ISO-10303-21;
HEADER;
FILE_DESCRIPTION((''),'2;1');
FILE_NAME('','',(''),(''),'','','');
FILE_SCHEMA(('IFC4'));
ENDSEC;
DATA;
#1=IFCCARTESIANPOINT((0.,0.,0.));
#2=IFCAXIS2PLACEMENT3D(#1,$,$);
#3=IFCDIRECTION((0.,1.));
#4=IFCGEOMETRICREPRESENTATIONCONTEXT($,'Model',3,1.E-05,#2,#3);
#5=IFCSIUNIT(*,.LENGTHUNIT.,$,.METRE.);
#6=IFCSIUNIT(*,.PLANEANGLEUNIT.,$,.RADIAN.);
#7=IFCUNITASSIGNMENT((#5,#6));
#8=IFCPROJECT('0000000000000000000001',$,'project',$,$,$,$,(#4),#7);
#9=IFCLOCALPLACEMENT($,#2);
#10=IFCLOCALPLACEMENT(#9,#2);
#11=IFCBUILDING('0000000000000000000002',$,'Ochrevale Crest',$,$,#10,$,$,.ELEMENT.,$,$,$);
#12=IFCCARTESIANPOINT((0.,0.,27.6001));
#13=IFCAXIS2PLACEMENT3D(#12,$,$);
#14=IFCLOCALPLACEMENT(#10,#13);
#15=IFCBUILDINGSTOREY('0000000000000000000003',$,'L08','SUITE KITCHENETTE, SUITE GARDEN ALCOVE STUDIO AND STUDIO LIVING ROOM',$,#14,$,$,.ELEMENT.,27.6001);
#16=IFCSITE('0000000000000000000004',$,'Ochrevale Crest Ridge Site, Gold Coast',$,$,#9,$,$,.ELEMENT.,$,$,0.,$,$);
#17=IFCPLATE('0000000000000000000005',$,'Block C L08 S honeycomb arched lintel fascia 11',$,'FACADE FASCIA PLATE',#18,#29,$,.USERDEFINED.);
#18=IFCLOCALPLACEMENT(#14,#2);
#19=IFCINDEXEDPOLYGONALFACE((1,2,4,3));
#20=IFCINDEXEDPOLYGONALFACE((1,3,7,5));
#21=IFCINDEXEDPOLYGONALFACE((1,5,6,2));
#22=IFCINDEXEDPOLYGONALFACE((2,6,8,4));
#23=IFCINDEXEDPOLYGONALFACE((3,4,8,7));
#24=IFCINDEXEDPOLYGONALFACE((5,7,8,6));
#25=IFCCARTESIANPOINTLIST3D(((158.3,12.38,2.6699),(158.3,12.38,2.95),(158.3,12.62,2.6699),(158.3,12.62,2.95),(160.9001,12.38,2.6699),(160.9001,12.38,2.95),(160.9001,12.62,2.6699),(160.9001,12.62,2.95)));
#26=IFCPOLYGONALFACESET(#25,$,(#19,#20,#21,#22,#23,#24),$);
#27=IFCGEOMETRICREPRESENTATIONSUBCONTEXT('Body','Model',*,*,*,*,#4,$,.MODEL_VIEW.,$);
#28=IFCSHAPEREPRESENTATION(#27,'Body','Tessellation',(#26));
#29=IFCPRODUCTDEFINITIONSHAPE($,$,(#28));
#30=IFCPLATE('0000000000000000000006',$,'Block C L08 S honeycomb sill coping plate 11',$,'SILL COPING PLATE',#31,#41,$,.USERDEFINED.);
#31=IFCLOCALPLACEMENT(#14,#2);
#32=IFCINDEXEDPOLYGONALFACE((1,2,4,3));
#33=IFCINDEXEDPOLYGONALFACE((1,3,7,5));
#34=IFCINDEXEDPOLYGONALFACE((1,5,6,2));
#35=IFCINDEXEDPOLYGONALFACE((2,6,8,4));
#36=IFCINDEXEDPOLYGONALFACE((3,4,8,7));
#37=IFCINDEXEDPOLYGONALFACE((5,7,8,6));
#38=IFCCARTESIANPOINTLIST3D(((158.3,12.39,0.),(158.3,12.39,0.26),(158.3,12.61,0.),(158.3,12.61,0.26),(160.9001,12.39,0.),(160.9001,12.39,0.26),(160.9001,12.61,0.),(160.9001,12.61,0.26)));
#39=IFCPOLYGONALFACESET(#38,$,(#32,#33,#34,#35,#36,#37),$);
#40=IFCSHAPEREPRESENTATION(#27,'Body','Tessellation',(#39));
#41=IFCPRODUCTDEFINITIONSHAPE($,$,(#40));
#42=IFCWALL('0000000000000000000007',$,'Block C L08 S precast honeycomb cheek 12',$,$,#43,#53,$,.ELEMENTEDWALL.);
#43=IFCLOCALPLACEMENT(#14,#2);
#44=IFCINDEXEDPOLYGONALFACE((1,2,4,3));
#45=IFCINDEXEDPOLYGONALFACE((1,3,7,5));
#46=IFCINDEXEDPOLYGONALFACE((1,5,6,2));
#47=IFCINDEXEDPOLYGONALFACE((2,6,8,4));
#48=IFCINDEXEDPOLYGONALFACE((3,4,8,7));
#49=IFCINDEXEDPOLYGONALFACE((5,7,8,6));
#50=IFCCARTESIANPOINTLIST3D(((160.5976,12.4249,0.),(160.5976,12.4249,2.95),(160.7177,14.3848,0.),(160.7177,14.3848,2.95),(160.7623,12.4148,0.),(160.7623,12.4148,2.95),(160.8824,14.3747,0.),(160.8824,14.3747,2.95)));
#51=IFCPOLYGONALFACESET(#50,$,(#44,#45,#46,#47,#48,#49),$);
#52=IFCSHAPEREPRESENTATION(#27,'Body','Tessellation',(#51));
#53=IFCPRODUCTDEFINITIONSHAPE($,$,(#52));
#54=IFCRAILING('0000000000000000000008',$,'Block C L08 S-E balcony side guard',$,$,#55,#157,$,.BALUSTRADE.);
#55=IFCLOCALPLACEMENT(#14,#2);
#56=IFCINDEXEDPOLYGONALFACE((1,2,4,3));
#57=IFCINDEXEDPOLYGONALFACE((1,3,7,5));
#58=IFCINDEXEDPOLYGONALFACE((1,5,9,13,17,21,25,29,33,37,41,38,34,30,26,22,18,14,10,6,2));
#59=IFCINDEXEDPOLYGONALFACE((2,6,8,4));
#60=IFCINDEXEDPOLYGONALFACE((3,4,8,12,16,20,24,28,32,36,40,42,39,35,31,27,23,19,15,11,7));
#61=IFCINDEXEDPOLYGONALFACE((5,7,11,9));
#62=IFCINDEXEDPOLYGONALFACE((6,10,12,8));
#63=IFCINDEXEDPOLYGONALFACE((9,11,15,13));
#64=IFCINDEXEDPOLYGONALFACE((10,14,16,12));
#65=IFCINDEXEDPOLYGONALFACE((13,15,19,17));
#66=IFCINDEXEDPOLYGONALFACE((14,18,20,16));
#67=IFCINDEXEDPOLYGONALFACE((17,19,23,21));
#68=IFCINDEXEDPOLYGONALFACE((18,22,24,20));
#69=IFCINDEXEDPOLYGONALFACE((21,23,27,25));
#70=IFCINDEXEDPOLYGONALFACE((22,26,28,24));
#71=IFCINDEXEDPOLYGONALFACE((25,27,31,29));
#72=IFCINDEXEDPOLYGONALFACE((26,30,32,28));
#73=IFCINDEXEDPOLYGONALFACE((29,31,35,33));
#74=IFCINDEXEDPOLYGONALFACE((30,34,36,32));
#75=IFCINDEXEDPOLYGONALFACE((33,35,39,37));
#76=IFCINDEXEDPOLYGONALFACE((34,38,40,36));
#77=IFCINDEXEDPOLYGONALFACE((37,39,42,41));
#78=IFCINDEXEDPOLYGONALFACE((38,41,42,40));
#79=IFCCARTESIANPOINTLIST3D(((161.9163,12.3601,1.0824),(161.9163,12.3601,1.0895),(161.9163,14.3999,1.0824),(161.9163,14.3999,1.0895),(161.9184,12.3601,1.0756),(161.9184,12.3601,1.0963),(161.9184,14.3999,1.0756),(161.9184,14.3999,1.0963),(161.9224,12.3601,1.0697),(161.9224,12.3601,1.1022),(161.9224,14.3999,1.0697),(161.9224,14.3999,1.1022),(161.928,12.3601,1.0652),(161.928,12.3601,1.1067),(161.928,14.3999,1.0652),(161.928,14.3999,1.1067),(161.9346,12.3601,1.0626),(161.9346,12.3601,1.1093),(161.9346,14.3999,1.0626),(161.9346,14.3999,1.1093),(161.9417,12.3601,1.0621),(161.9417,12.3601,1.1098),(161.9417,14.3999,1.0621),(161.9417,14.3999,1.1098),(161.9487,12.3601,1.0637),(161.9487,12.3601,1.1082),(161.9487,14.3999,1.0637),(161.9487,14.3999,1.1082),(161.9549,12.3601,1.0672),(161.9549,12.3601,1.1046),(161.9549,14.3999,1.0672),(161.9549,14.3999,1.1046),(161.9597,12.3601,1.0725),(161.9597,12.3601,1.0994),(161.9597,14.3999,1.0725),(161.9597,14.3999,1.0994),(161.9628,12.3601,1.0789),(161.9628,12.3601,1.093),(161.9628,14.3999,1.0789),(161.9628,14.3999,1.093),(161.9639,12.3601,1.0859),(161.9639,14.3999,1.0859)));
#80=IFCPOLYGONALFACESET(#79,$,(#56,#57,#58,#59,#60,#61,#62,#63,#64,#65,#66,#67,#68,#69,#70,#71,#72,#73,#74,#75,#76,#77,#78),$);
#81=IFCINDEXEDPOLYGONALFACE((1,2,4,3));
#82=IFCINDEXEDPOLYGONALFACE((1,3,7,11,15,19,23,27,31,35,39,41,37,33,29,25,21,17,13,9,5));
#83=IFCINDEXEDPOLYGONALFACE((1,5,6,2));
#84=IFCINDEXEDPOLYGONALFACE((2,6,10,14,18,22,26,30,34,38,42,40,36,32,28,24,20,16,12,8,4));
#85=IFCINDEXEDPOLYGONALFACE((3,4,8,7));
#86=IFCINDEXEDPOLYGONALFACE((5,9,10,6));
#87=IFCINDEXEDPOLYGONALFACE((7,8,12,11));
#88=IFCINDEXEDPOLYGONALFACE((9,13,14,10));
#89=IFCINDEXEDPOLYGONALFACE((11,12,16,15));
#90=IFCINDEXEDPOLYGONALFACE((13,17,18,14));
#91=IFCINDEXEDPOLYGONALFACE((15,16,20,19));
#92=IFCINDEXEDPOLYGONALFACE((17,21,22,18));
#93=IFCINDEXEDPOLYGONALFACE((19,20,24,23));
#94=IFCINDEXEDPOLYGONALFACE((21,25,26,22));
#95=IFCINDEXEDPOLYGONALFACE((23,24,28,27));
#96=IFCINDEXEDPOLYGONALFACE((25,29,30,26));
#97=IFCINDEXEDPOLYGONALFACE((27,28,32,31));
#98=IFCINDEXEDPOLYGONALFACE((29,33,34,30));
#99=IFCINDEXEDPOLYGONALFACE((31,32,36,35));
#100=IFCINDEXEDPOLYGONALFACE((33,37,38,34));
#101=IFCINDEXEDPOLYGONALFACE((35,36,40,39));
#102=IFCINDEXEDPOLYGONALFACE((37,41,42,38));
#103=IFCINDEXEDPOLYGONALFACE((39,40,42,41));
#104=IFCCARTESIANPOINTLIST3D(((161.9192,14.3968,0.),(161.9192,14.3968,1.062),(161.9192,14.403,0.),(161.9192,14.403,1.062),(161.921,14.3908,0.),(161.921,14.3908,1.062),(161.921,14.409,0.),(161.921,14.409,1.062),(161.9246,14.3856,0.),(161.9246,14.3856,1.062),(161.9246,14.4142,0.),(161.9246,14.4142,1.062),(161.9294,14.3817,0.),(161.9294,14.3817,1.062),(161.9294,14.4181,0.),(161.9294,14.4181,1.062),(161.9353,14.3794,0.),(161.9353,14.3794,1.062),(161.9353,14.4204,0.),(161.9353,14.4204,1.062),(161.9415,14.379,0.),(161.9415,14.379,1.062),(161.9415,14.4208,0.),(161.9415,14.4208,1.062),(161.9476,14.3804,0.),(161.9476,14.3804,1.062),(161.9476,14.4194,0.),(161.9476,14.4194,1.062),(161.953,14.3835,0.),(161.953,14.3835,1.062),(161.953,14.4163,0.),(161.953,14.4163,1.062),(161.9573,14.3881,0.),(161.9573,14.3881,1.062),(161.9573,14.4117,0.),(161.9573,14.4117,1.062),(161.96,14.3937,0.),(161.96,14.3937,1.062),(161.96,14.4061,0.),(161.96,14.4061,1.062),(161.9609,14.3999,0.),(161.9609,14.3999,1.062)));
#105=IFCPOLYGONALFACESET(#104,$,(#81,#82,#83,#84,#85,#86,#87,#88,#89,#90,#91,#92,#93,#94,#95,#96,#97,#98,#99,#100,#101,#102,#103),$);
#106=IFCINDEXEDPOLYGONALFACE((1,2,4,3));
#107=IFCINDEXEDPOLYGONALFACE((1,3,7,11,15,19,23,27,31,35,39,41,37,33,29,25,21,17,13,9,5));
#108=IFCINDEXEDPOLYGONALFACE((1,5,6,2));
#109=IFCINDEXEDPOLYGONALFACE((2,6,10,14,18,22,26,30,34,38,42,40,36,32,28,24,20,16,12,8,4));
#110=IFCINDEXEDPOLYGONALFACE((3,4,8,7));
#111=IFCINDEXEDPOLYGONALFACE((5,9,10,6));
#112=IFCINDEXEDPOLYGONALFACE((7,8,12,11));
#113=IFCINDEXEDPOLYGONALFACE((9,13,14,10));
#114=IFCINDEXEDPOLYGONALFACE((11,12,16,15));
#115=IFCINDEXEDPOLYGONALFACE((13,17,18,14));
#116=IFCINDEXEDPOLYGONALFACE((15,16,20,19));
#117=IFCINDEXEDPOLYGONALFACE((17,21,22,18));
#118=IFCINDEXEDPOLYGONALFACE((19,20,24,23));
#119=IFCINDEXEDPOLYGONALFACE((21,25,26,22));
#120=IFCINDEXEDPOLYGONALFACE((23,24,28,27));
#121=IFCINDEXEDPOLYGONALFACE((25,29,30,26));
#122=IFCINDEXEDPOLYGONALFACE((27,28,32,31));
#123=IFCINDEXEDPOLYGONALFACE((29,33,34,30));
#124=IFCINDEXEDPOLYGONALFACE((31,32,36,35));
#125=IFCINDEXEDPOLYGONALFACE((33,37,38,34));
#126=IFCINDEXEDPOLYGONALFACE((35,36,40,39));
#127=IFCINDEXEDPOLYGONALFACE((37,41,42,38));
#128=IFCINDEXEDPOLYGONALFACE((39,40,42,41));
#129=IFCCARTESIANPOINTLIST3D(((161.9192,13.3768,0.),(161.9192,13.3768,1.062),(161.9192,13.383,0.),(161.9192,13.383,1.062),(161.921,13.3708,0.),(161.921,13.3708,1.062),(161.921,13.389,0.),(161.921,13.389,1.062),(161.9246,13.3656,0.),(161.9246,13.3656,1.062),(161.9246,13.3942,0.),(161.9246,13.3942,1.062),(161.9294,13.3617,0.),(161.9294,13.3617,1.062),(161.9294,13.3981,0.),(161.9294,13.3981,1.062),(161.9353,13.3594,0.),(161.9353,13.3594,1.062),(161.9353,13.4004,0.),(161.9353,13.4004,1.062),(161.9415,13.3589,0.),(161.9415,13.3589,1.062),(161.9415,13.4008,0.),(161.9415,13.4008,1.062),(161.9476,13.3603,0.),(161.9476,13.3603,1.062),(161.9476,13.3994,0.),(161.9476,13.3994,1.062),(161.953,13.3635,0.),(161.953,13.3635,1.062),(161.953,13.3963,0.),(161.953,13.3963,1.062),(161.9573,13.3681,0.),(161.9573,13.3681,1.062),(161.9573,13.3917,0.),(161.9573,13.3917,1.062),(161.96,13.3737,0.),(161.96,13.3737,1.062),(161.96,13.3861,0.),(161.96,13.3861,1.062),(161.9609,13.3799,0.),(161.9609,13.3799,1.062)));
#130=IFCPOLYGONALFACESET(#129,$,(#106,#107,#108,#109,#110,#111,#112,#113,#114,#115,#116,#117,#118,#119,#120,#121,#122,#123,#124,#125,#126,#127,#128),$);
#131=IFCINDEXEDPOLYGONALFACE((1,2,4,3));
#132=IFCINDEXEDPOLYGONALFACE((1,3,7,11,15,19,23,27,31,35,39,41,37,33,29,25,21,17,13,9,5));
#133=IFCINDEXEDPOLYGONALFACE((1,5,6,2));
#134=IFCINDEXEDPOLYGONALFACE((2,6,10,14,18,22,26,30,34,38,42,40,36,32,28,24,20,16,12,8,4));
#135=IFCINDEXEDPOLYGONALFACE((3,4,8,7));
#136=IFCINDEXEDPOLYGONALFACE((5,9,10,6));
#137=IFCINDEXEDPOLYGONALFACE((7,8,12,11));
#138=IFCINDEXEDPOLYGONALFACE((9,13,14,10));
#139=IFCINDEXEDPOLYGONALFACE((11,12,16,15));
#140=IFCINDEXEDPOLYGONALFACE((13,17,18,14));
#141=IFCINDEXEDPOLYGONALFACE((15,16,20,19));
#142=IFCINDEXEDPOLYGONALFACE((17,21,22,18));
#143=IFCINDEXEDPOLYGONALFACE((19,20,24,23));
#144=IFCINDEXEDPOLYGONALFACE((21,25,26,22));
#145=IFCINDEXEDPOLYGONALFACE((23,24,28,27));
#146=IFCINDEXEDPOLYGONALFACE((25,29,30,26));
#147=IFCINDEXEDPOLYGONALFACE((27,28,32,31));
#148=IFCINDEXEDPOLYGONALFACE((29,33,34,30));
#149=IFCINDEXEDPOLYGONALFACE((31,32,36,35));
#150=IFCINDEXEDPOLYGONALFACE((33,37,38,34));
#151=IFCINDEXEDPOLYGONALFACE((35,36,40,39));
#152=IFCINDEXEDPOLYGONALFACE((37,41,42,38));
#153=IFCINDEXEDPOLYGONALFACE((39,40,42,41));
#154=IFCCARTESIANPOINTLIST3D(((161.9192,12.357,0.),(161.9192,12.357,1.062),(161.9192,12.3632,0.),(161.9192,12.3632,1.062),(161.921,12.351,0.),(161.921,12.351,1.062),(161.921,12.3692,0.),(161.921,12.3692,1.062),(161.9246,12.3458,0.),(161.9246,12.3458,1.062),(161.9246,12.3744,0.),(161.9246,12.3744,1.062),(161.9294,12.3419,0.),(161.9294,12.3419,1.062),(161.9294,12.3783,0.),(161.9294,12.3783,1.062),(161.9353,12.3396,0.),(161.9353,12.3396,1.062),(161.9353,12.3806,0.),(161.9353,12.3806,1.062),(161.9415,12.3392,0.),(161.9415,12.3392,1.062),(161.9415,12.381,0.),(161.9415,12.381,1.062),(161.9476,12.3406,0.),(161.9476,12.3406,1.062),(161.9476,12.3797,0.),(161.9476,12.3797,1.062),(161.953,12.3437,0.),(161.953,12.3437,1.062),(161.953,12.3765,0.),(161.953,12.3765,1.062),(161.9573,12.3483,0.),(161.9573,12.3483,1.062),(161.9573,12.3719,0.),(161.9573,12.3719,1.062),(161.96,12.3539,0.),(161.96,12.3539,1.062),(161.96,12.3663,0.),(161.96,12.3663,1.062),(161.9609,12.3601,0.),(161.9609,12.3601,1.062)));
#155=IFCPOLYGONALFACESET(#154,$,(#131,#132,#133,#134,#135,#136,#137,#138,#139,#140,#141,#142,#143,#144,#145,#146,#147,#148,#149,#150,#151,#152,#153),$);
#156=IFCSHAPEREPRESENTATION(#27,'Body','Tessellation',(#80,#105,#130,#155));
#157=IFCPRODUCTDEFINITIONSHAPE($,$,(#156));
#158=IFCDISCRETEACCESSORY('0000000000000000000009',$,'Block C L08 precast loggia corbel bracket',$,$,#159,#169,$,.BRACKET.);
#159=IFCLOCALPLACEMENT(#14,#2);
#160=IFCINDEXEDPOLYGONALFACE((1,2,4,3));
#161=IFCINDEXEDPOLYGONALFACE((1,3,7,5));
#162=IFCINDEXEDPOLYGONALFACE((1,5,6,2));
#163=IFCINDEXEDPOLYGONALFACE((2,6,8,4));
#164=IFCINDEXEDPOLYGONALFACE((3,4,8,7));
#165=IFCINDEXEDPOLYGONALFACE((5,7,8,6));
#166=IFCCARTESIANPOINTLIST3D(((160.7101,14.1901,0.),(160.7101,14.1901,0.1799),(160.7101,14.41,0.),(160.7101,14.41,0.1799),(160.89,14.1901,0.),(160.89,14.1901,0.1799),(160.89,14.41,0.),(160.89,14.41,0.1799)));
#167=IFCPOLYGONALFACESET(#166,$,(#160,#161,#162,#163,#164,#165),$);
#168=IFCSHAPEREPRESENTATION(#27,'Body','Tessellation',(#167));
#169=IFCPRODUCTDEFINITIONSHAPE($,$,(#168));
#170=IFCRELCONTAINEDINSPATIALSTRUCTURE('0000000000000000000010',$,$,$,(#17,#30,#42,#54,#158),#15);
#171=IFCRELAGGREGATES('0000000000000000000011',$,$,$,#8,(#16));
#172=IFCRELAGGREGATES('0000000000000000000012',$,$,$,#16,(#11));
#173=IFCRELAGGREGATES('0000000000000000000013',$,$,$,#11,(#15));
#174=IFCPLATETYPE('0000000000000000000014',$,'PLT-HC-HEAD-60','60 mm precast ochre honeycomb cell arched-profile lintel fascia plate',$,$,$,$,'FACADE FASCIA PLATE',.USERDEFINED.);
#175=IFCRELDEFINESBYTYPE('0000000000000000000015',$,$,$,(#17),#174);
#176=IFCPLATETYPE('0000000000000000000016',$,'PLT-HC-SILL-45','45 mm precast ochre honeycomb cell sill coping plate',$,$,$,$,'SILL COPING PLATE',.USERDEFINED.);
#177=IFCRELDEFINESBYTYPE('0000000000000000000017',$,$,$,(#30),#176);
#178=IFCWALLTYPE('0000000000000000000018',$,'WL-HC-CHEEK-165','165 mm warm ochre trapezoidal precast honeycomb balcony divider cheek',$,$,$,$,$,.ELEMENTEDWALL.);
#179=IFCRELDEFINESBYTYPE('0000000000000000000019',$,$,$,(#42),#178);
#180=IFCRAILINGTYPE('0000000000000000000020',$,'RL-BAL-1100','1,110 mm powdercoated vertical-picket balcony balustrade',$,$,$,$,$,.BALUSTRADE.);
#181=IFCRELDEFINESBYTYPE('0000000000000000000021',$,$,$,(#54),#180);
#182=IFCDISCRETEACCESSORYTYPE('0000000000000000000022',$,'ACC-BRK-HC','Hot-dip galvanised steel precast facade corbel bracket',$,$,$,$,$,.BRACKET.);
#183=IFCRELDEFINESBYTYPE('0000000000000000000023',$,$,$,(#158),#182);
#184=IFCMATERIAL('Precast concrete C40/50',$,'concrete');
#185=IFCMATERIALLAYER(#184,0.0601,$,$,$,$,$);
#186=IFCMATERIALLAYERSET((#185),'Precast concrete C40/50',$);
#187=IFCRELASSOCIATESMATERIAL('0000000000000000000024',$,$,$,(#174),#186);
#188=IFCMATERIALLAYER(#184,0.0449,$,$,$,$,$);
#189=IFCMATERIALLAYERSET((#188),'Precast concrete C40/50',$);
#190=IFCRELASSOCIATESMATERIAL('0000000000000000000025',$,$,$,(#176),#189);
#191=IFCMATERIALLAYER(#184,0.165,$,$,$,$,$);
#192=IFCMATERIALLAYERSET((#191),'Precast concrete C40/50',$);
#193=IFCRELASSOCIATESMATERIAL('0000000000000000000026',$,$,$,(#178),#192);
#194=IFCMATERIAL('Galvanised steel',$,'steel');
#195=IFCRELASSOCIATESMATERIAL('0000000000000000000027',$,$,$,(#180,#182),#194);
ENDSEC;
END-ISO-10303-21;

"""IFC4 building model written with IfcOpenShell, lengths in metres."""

from ifc_helpers import new_model, si_unit, direction, frame, frame_2d, origin, origin_2d, place, context, subcontext, project, spatial, rectangle, circle, extrude, material, layer, layer_set, type_object, element, save


model = new_model("IFC4")

# Units and contexts
model_context = context("Model", 3, precision=1e-05, world=origin(), true_north=direction((0.0, 1.0)))
body_context = subcontext(model_context, "Body", "Model", "MODEL_VIEW")
ifc_project = project(units=[si_unit("LENGTHUNIT", "METRE"), si_unit("PLANEANGLEUNIT", "RADIAN")], contexts=[model_context])

# Site, building, storey
site_placement = place(None, origin())
site = spatial("IfcSite", under=ifc_project, at=site_placement, Name="Ochrevale Crest Ridge Site, Gold Coast", CompositionType="ELEMENT", RefElevation=0.0)
building_placement = place(site_placement, origin())
building = spatial("IfcBuilding", under=site, at=building_placement, Name="Ochrevale Crest", CompositionType="ELEMENT")
storey_placement = place(building_placement, frame((0.0, 0.0, 27.6001)))
storey = spatial("IfcBuildingStorey", under=building, at=storey_placement, Name="L08", Description="SUITE KITCHENETTE, SUITE GARDEN ALCOVE STUDIO AND STUDIO LIVING ROOM", CompositionType="ELEMENT", Elevation=27.6001)

# Plates
ifc_material_1 = material(Name="Precast concrete C40/50", Category="concrete")
ifc_layer_1 = layer(ifc_material_1, 0.0601)
ifc_layer_set_1 = layer_set([ifc_layer_1], Name="Precast concrete C40/50")
plate_type_1 = type_object("IfcPlateType", Name="PLT-HC-HEAD-60", Description="60 mm precast ochre honeycomb cell arched-profile lintel fascia plate", ElementType="FACADE FASCIA PLATE", PredefinedType="USERDEFINED", material=ifc_layer_set_1)
plate_1_placement = place(storey_placement, frame((159.6001, 12.5, 2.6699), z_axis=(0.0, 0.0, 1.0), x_axis=(1.0, 0.0, 0.0)))
element("IfcPlate", 1, at=plate_1_placement, inside=storey, type_object=plate_type_1, Name="Block C L08 S honeycomb arched lintel fascia 11", ObjectType="FACADE FASCIA PLATE", PredefinedType="USERDEFINED", context=body_context, shape_type="SweptSolid", body=[
    extrude(rectangle(XDim=2.6001, YDim=0.24, at=origin_2d()), origin(), (0.0, 0.0, 1.0), 0.28),
])
ifc_layer_2 = layer(ifc_material_1, 0.0449)
ifc_layer_set_2 = layer_set([ifc_layer_2], Name="Precast concrete C40/50")
plate_type_2 = type_object("IfcPlateType", Name="PLT-HC-SILL-45", Description="45 mm precast ochre honeycomb cell sill coping plate", ElementType="SILL COPING PLATE", PredefinedType="USERDEFINED", material=ifc_layer_set_2)
plate_2_placement = place(storey_placement, frame((159.6001, 12.5, 0.0), z_axis=(0.0, 0.0, 1.0), x_axis=(1.0, 0.0, 0.0)))
element("IfcPlate", 2, at=plate_2_placement, inside=storey, type_object=plate_type_2, Name="Block C L08 S honeycomb sill coping plate 11", ObjectType="SILL COPING PLATE", PredefinedType="USERDEFINED", context=body_context, shape_type="SweptSolid", body=[
    extrude(rectangle(XDim=2.6001, YDim=0.22, at=origin_2d()), origin(), (0.0, 0.0, 1.0), 0.26),
])

# Wall
ifc_layer_3 = layer(ifc_material_1, 0.165)
ifc_layer_set_3 = layer_set([ifc_layer_3], Name="Precast concrete C40/50")
wall_type = type_object("IfcWallType", Name="WL-HC-CHEEK-165", Description="165 mm warm ochre trapezoidal precast honeycomb balcony divider cheek", PredefinedType="ELEMENTEDWALL", material=ifc_layer_set_3)
wall_placement = place(storey_placement, frame((160.8, 14.3799, 0.0), z_axis=(0.0, 0.0, 1.0), x_axis=(-0.061171, -0.998127, 0.0)))
element("IfcWall", 3, at=wall_placement, inside=storey, type_object=wall_type, Name="Block C L08 S precast honeycomb cheek 12", PredefinedType="ELEMENTEDWALL", context=body_context, shape_type="SweptSolid", body=[
    extrude(rectangle(XDim=1.9636, YDim=0.165, at=frame_2d((0.9819, 0.0))), origin(), (0.0, 0.0, 1.0), 2.95),
])

# Railing
ifc_material_2 = material(Name="Galvanised steel", Category="steel")
railing_type = type_object("IfcRailingType", Name="RL-BAL-1100", Description="1,110 mm powdercoated vertical-picket balcony balustrade", PredefinedType="BALUSTRADE", material=ifc_material_2)
railing_placement = place(storey_placement, frame((161.9399, 14.3999, 0.0)))
element("IfcRailing", 4, at=railing_placement, inside=storey, type_object=railing_type, Name="Block C L08 S-E balcony side guard", PredefinedType="BALUSTRADE", context=body_context, shape_type="SweptSolid", body=[
    extrude(circle(Radius=0.0239, at=origin_2d()), frame((0.0, 0.0, 1.0859), z_axis=(0.0, -1.0, 0.0), x_axis=(1.0, 0.0, 0.0)), (0.0, 0.0, 1.0), 2.0398),
    extrude(circle(Radius=0.021, at=origin_2d()), origin(), (0.0, 0.0, 1.0), 1.062),
    extrude(circle(Radius=0.021, at=origin_2d()), frame((0.0, -1.02, 0.0)), (0.0, 0.0, 1.0), 1.062),
    extrude(circle(Radius=0.021, at=origin_2d()), frame((0.0, -2.0398, 0.0)), (0.0, 0.0, 1.0), 1.062),
])

# Discrete accessory
discrete_accessory_type = type_object("IfcDiscreteAccessoryType", Name="ACC-BRK-HC", Description="Hot-dip galvanised steel precast facade corbel bracket", PredefinedType="BRACKET", material=ifc_material_2)
discrete_accessory_placement = place(storey_placement, frame((160.8, 14.3, 0.0), z_axis=(0.0, 0.0, 1.0), x_axis=(1.0, 0.0, 0.0)))
element("IfcDiscreteAccessory", 5, at=discrete_accessory_placement, inside=storey, type_object=discrete_accessory_type, Name="Block C L08 precast loggia corbel bracket", PredefinedType="BRACKET", context=body_context, shape_type="SweptSolid", body=[
    extrude(rectangle(XDim=0.1799, YDim=0.22, at=origin_2d()), origin(), (0.0, 0.0, 1.0), 0.1799),
])

save(model, "model.ifc")
